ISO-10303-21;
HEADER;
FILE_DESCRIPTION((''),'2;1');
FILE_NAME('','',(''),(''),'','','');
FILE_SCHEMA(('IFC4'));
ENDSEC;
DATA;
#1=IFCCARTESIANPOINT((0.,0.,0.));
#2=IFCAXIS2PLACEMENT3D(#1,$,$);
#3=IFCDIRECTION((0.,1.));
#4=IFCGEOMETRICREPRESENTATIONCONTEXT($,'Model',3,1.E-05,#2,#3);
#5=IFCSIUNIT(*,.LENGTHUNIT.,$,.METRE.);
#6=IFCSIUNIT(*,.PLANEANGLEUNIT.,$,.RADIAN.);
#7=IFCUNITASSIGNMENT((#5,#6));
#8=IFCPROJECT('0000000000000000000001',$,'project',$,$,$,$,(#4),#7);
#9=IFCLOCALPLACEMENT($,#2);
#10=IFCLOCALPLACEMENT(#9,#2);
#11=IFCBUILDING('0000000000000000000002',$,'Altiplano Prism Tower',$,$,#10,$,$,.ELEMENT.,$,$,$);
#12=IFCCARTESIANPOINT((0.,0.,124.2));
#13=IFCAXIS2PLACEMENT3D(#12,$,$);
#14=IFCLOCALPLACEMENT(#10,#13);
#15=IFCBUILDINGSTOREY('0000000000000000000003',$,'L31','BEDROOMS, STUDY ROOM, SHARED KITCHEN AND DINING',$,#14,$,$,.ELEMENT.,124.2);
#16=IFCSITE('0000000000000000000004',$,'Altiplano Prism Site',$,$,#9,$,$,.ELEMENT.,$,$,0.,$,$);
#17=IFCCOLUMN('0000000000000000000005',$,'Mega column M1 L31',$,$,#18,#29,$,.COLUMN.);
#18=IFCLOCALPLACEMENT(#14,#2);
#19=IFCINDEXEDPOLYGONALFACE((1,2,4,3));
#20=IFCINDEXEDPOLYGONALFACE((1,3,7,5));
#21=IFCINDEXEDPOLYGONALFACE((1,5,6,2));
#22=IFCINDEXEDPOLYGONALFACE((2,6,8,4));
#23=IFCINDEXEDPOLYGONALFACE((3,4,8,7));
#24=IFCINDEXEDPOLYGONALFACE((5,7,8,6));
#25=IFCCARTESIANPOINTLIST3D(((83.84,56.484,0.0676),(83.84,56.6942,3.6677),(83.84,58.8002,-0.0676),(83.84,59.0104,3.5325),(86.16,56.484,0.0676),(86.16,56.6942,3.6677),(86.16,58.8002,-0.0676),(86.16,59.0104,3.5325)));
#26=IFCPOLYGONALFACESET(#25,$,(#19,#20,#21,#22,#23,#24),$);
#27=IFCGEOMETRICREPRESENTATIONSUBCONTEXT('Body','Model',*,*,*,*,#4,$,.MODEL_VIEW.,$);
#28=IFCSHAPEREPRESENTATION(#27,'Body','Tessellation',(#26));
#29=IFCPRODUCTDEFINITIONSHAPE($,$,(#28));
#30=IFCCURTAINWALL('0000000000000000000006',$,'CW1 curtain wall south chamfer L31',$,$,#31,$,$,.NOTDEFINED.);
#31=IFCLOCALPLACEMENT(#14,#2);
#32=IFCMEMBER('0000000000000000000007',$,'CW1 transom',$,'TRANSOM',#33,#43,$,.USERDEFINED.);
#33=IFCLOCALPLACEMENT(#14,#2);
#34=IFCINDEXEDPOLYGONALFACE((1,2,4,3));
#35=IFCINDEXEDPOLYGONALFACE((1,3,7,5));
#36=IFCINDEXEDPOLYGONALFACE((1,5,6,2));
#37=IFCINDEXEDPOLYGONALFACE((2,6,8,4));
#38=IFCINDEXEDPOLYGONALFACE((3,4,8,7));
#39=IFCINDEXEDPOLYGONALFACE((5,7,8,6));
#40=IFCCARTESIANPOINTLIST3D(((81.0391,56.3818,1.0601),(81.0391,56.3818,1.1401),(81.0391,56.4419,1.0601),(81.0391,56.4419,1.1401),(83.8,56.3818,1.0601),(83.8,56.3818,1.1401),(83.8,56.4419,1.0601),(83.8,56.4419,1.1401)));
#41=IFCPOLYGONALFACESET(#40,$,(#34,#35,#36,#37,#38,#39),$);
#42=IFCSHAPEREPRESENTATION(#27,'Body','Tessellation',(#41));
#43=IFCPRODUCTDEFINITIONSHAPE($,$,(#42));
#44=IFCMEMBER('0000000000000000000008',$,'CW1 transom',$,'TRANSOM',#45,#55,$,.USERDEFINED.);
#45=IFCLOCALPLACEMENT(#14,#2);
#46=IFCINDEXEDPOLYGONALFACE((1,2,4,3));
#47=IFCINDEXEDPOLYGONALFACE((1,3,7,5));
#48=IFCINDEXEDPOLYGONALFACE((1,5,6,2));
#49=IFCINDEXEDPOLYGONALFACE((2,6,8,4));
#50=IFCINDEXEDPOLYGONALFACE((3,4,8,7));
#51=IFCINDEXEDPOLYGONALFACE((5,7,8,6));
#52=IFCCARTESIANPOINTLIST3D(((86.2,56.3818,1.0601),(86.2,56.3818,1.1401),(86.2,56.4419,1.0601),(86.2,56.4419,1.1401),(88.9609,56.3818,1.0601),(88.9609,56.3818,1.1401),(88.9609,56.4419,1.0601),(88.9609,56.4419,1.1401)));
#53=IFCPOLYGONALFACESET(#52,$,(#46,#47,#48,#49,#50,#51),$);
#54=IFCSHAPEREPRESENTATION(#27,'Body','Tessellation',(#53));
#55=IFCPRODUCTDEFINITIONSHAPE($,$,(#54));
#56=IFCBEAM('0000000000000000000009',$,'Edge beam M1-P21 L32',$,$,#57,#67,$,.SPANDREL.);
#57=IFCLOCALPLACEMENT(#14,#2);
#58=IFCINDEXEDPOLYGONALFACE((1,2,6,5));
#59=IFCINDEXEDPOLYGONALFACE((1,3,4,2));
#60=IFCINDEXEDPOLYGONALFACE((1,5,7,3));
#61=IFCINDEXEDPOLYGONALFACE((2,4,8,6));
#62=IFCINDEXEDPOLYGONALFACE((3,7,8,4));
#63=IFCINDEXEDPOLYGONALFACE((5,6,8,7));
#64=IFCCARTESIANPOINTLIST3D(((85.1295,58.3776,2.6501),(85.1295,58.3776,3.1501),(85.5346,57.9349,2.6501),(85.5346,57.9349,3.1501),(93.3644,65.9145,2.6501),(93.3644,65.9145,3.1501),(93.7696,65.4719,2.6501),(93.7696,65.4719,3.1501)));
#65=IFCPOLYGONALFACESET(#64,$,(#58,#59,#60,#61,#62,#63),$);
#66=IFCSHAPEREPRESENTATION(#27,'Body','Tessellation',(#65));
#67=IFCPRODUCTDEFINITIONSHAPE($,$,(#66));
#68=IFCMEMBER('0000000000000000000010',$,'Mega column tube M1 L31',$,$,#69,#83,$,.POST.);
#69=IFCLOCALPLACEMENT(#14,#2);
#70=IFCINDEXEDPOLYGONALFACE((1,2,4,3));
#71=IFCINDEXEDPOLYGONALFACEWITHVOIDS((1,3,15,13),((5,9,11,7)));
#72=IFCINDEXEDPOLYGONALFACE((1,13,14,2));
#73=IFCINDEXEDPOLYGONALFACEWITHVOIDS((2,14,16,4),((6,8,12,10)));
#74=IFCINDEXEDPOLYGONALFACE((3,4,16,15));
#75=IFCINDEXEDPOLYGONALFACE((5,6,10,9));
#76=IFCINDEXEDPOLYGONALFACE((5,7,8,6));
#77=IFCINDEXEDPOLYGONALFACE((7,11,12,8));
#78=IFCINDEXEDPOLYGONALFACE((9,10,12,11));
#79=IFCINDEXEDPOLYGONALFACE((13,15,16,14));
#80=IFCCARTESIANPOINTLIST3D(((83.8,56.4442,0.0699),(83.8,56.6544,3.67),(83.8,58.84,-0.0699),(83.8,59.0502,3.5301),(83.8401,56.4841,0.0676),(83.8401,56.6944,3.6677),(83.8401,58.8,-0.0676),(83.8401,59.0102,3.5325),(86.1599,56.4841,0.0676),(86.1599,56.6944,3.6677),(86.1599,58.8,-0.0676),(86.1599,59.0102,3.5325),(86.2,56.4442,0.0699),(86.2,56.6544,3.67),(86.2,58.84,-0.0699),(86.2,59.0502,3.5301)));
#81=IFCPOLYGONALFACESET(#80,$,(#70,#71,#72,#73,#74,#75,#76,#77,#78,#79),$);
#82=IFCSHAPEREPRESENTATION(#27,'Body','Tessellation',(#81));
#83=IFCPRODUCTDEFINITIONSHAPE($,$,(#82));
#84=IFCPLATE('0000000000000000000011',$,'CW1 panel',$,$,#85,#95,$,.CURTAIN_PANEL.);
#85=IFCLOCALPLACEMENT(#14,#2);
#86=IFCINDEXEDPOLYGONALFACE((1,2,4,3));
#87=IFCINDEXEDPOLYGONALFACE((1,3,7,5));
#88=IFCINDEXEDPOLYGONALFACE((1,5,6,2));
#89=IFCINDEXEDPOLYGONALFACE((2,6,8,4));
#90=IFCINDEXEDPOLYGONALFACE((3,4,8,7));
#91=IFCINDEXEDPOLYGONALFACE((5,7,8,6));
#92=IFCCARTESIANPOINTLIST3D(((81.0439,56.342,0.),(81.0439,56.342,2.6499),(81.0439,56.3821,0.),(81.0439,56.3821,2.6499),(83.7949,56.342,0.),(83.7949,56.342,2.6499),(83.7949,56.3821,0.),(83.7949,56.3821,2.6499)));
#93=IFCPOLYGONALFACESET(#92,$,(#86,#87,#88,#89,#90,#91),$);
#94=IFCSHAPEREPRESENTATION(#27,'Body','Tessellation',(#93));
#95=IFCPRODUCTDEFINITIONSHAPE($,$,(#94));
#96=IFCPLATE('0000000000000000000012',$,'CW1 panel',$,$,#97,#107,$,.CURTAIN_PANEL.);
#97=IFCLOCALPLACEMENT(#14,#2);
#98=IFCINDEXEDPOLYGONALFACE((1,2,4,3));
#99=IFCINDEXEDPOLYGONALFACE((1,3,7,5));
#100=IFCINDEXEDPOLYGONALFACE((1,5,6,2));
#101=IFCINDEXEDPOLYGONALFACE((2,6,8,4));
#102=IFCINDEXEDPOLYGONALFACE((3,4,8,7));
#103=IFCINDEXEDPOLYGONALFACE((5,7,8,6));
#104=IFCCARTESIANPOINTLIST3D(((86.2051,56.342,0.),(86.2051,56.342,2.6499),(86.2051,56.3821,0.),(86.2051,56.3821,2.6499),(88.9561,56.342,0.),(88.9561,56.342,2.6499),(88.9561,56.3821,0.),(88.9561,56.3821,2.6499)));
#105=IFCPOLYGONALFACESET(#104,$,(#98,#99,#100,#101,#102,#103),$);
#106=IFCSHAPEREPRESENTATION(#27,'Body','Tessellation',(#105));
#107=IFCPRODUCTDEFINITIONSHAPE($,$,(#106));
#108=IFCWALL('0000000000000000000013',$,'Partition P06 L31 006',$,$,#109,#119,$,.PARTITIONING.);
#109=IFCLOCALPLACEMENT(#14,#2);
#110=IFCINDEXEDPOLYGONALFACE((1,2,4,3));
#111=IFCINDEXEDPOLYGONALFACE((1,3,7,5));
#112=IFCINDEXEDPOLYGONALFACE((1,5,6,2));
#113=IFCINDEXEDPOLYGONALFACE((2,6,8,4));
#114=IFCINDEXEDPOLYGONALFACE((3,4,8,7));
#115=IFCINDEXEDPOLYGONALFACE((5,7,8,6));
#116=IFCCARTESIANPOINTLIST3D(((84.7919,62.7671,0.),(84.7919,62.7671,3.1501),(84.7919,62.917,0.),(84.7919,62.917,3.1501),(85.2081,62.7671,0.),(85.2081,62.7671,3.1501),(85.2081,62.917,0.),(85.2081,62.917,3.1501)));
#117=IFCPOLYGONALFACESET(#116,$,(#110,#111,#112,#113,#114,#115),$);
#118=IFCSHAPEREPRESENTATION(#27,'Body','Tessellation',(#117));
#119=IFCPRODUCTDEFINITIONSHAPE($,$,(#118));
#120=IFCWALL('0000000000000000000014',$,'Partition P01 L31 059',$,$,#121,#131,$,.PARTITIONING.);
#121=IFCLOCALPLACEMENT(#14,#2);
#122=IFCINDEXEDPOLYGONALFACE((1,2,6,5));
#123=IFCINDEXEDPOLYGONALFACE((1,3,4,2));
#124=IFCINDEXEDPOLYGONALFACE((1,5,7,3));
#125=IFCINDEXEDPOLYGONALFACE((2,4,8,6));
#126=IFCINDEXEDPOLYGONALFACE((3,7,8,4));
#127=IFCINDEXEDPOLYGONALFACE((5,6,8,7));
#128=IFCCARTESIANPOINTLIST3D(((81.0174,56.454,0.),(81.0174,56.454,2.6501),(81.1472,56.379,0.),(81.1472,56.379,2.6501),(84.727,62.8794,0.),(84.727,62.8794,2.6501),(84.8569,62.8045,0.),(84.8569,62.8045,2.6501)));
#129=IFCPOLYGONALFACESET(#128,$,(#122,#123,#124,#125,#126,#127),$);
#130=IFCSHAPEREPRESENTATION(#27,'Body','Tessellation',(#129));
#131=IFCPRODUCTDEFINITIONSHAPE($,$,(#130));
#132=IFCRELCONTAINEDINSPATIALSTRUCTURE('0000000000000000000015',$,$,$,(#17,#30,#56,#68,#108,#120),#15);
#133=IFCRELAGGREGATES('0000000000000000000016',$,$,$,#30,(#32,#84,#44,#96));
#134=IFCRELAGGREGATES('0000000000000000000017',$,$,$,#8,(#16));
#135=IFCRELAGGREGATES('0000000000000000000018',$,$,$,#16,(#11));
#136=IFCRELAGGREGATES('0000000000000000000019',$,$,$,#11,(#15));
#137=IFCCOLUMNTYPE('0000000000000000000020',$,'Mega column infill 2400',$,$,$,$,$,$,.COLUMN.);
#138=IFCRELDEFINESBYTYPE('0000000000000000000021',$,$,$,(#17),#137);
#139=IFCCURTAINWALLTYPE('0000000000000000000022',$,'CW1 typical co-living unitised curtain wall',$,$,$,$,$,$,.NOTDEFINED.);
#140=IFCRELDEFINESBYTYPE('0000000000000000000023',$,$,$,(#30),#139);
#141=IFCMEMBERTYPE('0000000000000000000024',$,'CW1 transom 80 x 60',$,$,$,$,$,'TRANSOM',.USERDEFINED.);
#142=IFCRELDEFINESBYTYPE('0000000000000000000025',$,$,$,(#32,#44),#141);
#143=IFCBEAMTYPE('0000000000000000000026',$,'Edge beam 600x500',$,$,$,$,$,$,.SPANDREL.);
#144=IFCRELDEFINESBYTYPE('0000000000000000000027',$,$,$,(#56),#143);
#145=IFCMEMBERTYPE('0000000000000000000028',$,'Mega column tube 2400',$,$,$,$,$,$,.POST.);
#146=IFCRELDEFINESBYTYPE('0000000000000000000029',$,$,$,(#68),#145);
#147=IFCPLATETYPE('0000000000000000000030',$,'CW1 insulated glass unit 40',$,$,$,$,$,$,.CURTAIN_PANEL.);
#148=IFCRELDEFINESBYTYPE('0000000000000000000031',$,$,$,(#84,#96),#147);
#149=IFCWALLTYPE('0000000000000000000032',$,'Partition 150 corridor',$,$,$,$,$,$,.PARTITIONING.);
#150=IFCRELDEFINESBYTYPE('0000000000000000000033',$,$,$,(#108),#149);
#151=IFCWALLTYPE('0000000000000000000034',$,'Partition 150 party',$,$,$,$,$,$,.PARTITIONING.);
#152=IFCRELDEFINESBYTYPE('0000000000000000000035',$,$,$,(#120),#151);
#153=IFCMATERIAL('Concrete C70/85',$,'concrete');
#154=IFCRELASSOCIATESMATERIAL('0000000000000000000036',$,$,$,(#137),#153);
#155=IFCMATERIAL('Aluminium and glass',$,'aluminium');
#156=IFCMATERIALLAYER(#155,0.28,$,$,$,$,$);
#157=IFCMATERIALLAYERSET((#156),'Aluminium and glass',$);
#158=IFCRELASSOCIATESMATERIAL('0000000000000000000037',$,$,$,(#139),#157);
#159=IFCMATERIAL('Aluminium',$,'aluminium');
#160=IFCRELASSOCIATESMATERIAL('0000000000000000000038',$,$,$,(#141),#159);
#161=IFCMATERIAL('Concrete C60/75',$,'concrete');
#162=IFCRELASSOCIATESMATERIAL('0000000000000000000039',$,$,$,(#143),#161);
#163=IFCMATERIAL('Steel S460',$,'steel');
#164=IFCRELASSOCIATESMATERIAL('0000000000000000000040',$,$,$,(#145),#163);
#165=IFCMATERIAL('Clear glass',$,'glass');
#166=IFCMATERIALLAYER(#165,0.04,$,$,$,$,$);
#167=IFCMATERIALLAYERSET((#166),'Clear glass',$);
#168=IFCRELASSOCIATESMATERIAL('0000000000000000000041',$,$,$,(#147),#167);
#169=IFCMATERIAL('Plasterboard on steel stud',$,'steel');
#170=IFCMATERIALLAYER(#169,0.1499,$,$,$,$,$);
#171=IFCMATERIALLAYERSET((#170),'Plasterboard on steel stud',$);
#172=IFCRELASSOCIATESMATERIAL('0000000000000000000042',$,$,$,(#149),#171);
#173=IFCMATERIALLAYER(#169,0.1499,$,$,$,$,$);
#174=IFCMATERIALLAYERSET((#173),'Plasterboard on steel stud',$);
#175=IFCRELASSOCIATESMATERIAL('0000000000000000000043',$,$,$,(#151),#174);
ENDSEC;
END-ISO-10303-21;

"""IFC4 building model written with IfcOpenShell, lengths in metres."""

from ifc_helpers import new_model, si_unit, direction, frame, frame_2d, origin, origin_2d, place, context, subcontext, project, spatial, rectangle, hollow_rectangle, extrude, material, layer, layer_set, material_profile, profile_set, type_object, element, aggregate, save


model = new_model("IFC4")

# Units and contexts
model_context = context("Model", 3, precision=1e-05, world=origin(), true_north=direction((0.0, 1.0)))
body_context = subcontext(model_context, "Body", "Model", "MODEL_VIEW")
ifc_project = project(units=[si_unit("LENGTHUNIT", "METRE"), si_unit("PLANEANGLEUNIT", "RADIAN")], contexts=[model_context])

# Site, building, storey
site_placement = place(None, origin())
site = spatial("IfcSite", under=ifc_project, at=site_placement, Name="Altiplano Prism Site", CompositionType="ELEMENT", RefElevation=0.0)
building_placement = place(site_placement, origin())
building = spatial("IfcBuilding", under=site, at=building_placement, Name="Altiplano Prism Tower", CompositionType="ELEMENT")
storey_placement = place(building_placement, frame((0.0, 0.0, 124.2)))
storey = spatial("IfcBuildingStorey", under=building, at=storey_placement, Name="L31", Description="BEDROOMS, STUDY ROOM, SHARED KITCHEN AND DINING", CompositionType="ELEMENT", Elevation=124.2)

# Column
ifc_material_1 = material(Name="Concrete C70/85", Category="concrete")
ifc_material_profile_1 = material_profile(ifc_material_1, rectangle(XDim=2.3201, YDim=2.3201, at=origin_2d()), Name="Mega column infill 2400")
ifc_profile_set_1 = profile_set([ifc_material_profile_1], Name="Concrete C70/85")
column_type = type_object("IfcColumnType", Name="Mega column infill 2400", PredefinedType="COLUMN", material=ifc_profile_set_1)
column_placement = place(storey_placement, frame((85.0, 57.6421, 0.0), z_axis=(0.0, 0.058289, 0.9983), x_axis=(-1.0, 0.0, 0.0)))
element("IfcColumn", 1, at=column_placement, inside=storey, type_object=column_type, Name="Mega column M1 L31", PredefinedType="COLUMN", context=body_context, shape_type="SweptSolid", body=[
    extrude(rectangle(XDim=2.3201, YDim=2.3201, at=origin_2d()), origin(), (0.0, 0.0, 1.0), 3.6062),
])

# Curtain wall, members
ifc_material_2 = material(Name="Aluminium and glass", Category="aluminium")
ifc_layer_1 = layer(ifc_material_2, 0.28)
ifc_layer_set_1 = layer_set([ifc_layer_1], Name="Aluminium and glass")
curtain_wall_type = type_object("IfcCurtainWallType", Name="CW1 typical co-living unitised curtain wall", PredefinedType="NOTDEFINED", material=ifc_layer_set_1)
curtain_wall_placement = place(storey_placement, origin())
curtain_wall = element("IfcCurtainWall", 2, at=curtain_wall_placement, inside=storey, type_object=curtain_wall_type, Name="CW1 curtain wall south chamfer L31", PredefinedType="NOTDEFINED")
ifc_material_3 = material(Name="Aluminium", Category="aluminium")
ifc_material_profile_2 = material_profile(ifc_material_3, rectangle(XDim=0.0601, YDim=0.0801, at=origin_2d()), Name="CW1 transom 80 x 60")
ifc_profile_set_2 = profile_set([ifc_material_profile_2], Name="Aluminium")
member_type_1 = type_object("IfcMemberType", Name="CW1 transom 80 x 60", ElementType="TRANSOM", PredefinedType="USERDEFINED", material=ifc_profile_set_2)
member_1_placement = place(storey_placement, frame((81.0391, 56.4119, 1.1001), z_axis=(1.0, 0.0, 0.0), x_axis=(0.0, 1.0, 0.0)))
member_1 = element("IfcMember", 3, at=member_1_placement, type_object=member_type_1, Name="CW1 transom", ObjectType="TRANSOM", PredefinedType="USERDEFINED", context=body_context, shape_type="SweptSolid", body=[
    extrude(rectangle(XDim=0.0601, YDim=0.0801, at=origin_2d()), origin(), (0.0, 0.0, 1.0), 2.761),
])
member_2_placement = place(storey_placement, frame((86.2, 56.4119, 1.1001), z_axis=(1.0, 0.0, 0.0), x_axis=(0.0, 1.0, 0.0)))
member_2 = element("IfcMember", 4, at=member_2_placement, type_object=member_type_1, Name="CW1 transom", ObjectType="TRANSOM", PredefinedType="USERDEFINED", context=body_context, shape_type="SweptSolid", body=[
    extrude(rectangle(XDim=0.0601, YDim=0.0801, at=origin_2d()), origin(), (0.0, 0.0, 1.0), 2.761),
])

# Beam
ifc_material_4 = material(Name="Concrete C60/75", Category="concrete")
ifc_material_profile_3 = material_profile(ifc_material_4, rectangle(XDim=0.6001, YDim=0.5, at=origin_2d()), Name="Edge beam 600x500")
ifc_profile_set_3 = profile_set([ifc_material_profile_3], Name="Concrete C60/75")
beam_type = type_object("IfcBeamType", Name="Edge beam 600x500", PredefinedType="SPANDREL", material=ifc_profile_set_3)
beam_placement = place(storey_placement, frame((85.332, 58.1562, 2.9001), z_axis=(0.737679, 0.675152, 0.0), x_axis=(-0.675152, 0.737679, 0.0)))
element("IfcBeam", 5, at=beam_placement, inside=storey, type_object=beam_type, Name="Edge beam M1-P21 L32", PredefinedType="SPANDREL", context=body_context, shape_type="SweptSolid", body=[
    extrude(rectangle(XDim=0.6001, YDim=0.5, at=origin_2d()), origin(), (0.0, 0.0, 1.0), 11.1633),
])

# Member
ifc_material_5 = material(Name="Steel S460", Category="steel")
ifc_material_profile_4 = material_profile(ifc_material_5, hollow_rectangle(XDim=2.3999, YDim=2.3999, WallThickness=0.04, at=origin_2d()), Name="Mega column tube 2400")
ifc_profile_set_4 = profile_set([ifc_material_profile_4], Name="Steel S460")
member_type_2 = type_object("IfcMemberType", Name="Mega column tube 2400", PredefinedType="POST", material=ifc_profile_set_4)
member_3_placement = place(storey_placement, frame((85.0, 57.6421, 0.0), z_axis=(0.0, 0.058289, 0.9983), x_axis=(-1.0, 0.0, 0.0)))
element("IfcMember", 6, at=member_3_placement, inside=storey, type_object=member_type_2, Name="Mega column tube M1 L31", PredefinedType="POST", context=body_context, shape_type="SweptSolid", body=[
    extrude(hollow_rectangle(XDim=2.3999, YDim=2.3999, WallThickness=0.04, at=origin_2d()), origin(), (0.0, 0.0, 1.0), 3.6062),
])

# Plates
ifc_material_6 = material(Name="Clear glass", Category="glass")
ifc_layer_2 = layer(ifc_material_6, 0.04)
ifc_layer_set_2 = layer_set([ifc_layer_2], Name="Clear glass")
plate_type = type_object("IfcPlateType", Name="CW1 insulated glass unit 40", PredefinedType="CURTAIN_PANEL", material=ifc_layer_set_2)
plate_1_placement = place(storey_placement, frame((82.4194, 56.3621, 0.0), z_axis=(0.0, 0.0, 1.0), x_axis=(1.0, 0.0, 0.0)))
plate_1 = element("IfcPlate", 7, at=plate_1_placement, type_object=plate_type, Name="CW1 panel", PredefinedType="CURTAIN_PANEL", context=body_context, shape_type="SweptSolid", body=[
    extrude(rectangle(XDim=2.751, YDim=0.04, at=origin_2d()), origin(), (0.0, 0.0, 1.0), 2.6499),
])
plate_2_placement = place(storey_placement, frame((87.5806, 56.3621, 0.0), z_axis=(0.0, 0.0, 1.0), x_axis=(1.0, 0.0, 0.0)))
plate_2 = element("IfcPlate", 8, at=plate_2_placement, type_object=plate_type, Name="CW1 panel", PredefinedType="CURTAIN_PANEL", context=body_context, shape_type="SweptSolid", body=[
    extrude(rectangle(XDim=2.751, YDim=0.04, at=origin_2d()), origin(), (0.0, 0.0, 1.0), 2.6499),
])
aggregate(curtain_wall, [member_1, plate_1, member_2, plate_2])

# Walls
ifc_material_7 = material(Name="Plasterboard on steel stud", Category="steel")
ifc_layer_3 = layer(ifc_material_7, 0.1499)
ifc_layer_set_3 = layer_set([ifc_layer_3], Name="Plasterboard on steel stud")
wall_type_1 = type_object("IfcWallType", Name="Partition 150 corridor", PredefinedType="PARTITIONING", material=ifc_layer_set_3)
wall_1_placement = place(storey_placement, frame((84.792, 62.842, 0.0), z_axis=(0.0, 0.0, 1.0), x_axis=(1.0, 0.0, 0.0)))
element("IfcWall", 9, at=wall_1_placement, inside=storey, type_object=wall_type_1, Name="Partition P06 L31 006", PredefinedType="PARTITIONING", context=body_context, shape_type="SweptSolid", body=[
    extrude(rectangle(XDim=0.4163, YDim=0.1499, at=frame_2d((0.208, 0.0))), origin(), (0.0, 0.0, 1.0), 3.1501),
])
ifc_layer_4 = layer(ifc_material_7, 0.1499)
ifc_layer_set_4 = layer_set([ifc_layer_4], Name="Plasterboard on steel stud")
wall_type_2 = type_object("IfcWallType", Name="Partition 150 party", PredefinedType="PARTITIONING", material=ifc_layer_set_4)
wall_2_placement = place(storey_placement, frame((81.0823, 56.4165, 0.0), z_axis=(0.0, 0.0, 1.0), x_axis=(0.499993, 0.866029, 0.0)))
element("IfcWall", 10, at=wall_2_placement, inside=storey, type_object=wall_type_2, Name="Partition P01 L31 059", PredefinedType="PARTITIONING", context=body_context, shape_type="SweptSolid", body=[
    extrude(rectangle(XDim=7.4194, YDim=0.1499, at=frame_2d((3.7097, 0.0))), origin(), (0.0, 0.0, 1.0), 2.6501),
])

save(model, "model.ifc")
